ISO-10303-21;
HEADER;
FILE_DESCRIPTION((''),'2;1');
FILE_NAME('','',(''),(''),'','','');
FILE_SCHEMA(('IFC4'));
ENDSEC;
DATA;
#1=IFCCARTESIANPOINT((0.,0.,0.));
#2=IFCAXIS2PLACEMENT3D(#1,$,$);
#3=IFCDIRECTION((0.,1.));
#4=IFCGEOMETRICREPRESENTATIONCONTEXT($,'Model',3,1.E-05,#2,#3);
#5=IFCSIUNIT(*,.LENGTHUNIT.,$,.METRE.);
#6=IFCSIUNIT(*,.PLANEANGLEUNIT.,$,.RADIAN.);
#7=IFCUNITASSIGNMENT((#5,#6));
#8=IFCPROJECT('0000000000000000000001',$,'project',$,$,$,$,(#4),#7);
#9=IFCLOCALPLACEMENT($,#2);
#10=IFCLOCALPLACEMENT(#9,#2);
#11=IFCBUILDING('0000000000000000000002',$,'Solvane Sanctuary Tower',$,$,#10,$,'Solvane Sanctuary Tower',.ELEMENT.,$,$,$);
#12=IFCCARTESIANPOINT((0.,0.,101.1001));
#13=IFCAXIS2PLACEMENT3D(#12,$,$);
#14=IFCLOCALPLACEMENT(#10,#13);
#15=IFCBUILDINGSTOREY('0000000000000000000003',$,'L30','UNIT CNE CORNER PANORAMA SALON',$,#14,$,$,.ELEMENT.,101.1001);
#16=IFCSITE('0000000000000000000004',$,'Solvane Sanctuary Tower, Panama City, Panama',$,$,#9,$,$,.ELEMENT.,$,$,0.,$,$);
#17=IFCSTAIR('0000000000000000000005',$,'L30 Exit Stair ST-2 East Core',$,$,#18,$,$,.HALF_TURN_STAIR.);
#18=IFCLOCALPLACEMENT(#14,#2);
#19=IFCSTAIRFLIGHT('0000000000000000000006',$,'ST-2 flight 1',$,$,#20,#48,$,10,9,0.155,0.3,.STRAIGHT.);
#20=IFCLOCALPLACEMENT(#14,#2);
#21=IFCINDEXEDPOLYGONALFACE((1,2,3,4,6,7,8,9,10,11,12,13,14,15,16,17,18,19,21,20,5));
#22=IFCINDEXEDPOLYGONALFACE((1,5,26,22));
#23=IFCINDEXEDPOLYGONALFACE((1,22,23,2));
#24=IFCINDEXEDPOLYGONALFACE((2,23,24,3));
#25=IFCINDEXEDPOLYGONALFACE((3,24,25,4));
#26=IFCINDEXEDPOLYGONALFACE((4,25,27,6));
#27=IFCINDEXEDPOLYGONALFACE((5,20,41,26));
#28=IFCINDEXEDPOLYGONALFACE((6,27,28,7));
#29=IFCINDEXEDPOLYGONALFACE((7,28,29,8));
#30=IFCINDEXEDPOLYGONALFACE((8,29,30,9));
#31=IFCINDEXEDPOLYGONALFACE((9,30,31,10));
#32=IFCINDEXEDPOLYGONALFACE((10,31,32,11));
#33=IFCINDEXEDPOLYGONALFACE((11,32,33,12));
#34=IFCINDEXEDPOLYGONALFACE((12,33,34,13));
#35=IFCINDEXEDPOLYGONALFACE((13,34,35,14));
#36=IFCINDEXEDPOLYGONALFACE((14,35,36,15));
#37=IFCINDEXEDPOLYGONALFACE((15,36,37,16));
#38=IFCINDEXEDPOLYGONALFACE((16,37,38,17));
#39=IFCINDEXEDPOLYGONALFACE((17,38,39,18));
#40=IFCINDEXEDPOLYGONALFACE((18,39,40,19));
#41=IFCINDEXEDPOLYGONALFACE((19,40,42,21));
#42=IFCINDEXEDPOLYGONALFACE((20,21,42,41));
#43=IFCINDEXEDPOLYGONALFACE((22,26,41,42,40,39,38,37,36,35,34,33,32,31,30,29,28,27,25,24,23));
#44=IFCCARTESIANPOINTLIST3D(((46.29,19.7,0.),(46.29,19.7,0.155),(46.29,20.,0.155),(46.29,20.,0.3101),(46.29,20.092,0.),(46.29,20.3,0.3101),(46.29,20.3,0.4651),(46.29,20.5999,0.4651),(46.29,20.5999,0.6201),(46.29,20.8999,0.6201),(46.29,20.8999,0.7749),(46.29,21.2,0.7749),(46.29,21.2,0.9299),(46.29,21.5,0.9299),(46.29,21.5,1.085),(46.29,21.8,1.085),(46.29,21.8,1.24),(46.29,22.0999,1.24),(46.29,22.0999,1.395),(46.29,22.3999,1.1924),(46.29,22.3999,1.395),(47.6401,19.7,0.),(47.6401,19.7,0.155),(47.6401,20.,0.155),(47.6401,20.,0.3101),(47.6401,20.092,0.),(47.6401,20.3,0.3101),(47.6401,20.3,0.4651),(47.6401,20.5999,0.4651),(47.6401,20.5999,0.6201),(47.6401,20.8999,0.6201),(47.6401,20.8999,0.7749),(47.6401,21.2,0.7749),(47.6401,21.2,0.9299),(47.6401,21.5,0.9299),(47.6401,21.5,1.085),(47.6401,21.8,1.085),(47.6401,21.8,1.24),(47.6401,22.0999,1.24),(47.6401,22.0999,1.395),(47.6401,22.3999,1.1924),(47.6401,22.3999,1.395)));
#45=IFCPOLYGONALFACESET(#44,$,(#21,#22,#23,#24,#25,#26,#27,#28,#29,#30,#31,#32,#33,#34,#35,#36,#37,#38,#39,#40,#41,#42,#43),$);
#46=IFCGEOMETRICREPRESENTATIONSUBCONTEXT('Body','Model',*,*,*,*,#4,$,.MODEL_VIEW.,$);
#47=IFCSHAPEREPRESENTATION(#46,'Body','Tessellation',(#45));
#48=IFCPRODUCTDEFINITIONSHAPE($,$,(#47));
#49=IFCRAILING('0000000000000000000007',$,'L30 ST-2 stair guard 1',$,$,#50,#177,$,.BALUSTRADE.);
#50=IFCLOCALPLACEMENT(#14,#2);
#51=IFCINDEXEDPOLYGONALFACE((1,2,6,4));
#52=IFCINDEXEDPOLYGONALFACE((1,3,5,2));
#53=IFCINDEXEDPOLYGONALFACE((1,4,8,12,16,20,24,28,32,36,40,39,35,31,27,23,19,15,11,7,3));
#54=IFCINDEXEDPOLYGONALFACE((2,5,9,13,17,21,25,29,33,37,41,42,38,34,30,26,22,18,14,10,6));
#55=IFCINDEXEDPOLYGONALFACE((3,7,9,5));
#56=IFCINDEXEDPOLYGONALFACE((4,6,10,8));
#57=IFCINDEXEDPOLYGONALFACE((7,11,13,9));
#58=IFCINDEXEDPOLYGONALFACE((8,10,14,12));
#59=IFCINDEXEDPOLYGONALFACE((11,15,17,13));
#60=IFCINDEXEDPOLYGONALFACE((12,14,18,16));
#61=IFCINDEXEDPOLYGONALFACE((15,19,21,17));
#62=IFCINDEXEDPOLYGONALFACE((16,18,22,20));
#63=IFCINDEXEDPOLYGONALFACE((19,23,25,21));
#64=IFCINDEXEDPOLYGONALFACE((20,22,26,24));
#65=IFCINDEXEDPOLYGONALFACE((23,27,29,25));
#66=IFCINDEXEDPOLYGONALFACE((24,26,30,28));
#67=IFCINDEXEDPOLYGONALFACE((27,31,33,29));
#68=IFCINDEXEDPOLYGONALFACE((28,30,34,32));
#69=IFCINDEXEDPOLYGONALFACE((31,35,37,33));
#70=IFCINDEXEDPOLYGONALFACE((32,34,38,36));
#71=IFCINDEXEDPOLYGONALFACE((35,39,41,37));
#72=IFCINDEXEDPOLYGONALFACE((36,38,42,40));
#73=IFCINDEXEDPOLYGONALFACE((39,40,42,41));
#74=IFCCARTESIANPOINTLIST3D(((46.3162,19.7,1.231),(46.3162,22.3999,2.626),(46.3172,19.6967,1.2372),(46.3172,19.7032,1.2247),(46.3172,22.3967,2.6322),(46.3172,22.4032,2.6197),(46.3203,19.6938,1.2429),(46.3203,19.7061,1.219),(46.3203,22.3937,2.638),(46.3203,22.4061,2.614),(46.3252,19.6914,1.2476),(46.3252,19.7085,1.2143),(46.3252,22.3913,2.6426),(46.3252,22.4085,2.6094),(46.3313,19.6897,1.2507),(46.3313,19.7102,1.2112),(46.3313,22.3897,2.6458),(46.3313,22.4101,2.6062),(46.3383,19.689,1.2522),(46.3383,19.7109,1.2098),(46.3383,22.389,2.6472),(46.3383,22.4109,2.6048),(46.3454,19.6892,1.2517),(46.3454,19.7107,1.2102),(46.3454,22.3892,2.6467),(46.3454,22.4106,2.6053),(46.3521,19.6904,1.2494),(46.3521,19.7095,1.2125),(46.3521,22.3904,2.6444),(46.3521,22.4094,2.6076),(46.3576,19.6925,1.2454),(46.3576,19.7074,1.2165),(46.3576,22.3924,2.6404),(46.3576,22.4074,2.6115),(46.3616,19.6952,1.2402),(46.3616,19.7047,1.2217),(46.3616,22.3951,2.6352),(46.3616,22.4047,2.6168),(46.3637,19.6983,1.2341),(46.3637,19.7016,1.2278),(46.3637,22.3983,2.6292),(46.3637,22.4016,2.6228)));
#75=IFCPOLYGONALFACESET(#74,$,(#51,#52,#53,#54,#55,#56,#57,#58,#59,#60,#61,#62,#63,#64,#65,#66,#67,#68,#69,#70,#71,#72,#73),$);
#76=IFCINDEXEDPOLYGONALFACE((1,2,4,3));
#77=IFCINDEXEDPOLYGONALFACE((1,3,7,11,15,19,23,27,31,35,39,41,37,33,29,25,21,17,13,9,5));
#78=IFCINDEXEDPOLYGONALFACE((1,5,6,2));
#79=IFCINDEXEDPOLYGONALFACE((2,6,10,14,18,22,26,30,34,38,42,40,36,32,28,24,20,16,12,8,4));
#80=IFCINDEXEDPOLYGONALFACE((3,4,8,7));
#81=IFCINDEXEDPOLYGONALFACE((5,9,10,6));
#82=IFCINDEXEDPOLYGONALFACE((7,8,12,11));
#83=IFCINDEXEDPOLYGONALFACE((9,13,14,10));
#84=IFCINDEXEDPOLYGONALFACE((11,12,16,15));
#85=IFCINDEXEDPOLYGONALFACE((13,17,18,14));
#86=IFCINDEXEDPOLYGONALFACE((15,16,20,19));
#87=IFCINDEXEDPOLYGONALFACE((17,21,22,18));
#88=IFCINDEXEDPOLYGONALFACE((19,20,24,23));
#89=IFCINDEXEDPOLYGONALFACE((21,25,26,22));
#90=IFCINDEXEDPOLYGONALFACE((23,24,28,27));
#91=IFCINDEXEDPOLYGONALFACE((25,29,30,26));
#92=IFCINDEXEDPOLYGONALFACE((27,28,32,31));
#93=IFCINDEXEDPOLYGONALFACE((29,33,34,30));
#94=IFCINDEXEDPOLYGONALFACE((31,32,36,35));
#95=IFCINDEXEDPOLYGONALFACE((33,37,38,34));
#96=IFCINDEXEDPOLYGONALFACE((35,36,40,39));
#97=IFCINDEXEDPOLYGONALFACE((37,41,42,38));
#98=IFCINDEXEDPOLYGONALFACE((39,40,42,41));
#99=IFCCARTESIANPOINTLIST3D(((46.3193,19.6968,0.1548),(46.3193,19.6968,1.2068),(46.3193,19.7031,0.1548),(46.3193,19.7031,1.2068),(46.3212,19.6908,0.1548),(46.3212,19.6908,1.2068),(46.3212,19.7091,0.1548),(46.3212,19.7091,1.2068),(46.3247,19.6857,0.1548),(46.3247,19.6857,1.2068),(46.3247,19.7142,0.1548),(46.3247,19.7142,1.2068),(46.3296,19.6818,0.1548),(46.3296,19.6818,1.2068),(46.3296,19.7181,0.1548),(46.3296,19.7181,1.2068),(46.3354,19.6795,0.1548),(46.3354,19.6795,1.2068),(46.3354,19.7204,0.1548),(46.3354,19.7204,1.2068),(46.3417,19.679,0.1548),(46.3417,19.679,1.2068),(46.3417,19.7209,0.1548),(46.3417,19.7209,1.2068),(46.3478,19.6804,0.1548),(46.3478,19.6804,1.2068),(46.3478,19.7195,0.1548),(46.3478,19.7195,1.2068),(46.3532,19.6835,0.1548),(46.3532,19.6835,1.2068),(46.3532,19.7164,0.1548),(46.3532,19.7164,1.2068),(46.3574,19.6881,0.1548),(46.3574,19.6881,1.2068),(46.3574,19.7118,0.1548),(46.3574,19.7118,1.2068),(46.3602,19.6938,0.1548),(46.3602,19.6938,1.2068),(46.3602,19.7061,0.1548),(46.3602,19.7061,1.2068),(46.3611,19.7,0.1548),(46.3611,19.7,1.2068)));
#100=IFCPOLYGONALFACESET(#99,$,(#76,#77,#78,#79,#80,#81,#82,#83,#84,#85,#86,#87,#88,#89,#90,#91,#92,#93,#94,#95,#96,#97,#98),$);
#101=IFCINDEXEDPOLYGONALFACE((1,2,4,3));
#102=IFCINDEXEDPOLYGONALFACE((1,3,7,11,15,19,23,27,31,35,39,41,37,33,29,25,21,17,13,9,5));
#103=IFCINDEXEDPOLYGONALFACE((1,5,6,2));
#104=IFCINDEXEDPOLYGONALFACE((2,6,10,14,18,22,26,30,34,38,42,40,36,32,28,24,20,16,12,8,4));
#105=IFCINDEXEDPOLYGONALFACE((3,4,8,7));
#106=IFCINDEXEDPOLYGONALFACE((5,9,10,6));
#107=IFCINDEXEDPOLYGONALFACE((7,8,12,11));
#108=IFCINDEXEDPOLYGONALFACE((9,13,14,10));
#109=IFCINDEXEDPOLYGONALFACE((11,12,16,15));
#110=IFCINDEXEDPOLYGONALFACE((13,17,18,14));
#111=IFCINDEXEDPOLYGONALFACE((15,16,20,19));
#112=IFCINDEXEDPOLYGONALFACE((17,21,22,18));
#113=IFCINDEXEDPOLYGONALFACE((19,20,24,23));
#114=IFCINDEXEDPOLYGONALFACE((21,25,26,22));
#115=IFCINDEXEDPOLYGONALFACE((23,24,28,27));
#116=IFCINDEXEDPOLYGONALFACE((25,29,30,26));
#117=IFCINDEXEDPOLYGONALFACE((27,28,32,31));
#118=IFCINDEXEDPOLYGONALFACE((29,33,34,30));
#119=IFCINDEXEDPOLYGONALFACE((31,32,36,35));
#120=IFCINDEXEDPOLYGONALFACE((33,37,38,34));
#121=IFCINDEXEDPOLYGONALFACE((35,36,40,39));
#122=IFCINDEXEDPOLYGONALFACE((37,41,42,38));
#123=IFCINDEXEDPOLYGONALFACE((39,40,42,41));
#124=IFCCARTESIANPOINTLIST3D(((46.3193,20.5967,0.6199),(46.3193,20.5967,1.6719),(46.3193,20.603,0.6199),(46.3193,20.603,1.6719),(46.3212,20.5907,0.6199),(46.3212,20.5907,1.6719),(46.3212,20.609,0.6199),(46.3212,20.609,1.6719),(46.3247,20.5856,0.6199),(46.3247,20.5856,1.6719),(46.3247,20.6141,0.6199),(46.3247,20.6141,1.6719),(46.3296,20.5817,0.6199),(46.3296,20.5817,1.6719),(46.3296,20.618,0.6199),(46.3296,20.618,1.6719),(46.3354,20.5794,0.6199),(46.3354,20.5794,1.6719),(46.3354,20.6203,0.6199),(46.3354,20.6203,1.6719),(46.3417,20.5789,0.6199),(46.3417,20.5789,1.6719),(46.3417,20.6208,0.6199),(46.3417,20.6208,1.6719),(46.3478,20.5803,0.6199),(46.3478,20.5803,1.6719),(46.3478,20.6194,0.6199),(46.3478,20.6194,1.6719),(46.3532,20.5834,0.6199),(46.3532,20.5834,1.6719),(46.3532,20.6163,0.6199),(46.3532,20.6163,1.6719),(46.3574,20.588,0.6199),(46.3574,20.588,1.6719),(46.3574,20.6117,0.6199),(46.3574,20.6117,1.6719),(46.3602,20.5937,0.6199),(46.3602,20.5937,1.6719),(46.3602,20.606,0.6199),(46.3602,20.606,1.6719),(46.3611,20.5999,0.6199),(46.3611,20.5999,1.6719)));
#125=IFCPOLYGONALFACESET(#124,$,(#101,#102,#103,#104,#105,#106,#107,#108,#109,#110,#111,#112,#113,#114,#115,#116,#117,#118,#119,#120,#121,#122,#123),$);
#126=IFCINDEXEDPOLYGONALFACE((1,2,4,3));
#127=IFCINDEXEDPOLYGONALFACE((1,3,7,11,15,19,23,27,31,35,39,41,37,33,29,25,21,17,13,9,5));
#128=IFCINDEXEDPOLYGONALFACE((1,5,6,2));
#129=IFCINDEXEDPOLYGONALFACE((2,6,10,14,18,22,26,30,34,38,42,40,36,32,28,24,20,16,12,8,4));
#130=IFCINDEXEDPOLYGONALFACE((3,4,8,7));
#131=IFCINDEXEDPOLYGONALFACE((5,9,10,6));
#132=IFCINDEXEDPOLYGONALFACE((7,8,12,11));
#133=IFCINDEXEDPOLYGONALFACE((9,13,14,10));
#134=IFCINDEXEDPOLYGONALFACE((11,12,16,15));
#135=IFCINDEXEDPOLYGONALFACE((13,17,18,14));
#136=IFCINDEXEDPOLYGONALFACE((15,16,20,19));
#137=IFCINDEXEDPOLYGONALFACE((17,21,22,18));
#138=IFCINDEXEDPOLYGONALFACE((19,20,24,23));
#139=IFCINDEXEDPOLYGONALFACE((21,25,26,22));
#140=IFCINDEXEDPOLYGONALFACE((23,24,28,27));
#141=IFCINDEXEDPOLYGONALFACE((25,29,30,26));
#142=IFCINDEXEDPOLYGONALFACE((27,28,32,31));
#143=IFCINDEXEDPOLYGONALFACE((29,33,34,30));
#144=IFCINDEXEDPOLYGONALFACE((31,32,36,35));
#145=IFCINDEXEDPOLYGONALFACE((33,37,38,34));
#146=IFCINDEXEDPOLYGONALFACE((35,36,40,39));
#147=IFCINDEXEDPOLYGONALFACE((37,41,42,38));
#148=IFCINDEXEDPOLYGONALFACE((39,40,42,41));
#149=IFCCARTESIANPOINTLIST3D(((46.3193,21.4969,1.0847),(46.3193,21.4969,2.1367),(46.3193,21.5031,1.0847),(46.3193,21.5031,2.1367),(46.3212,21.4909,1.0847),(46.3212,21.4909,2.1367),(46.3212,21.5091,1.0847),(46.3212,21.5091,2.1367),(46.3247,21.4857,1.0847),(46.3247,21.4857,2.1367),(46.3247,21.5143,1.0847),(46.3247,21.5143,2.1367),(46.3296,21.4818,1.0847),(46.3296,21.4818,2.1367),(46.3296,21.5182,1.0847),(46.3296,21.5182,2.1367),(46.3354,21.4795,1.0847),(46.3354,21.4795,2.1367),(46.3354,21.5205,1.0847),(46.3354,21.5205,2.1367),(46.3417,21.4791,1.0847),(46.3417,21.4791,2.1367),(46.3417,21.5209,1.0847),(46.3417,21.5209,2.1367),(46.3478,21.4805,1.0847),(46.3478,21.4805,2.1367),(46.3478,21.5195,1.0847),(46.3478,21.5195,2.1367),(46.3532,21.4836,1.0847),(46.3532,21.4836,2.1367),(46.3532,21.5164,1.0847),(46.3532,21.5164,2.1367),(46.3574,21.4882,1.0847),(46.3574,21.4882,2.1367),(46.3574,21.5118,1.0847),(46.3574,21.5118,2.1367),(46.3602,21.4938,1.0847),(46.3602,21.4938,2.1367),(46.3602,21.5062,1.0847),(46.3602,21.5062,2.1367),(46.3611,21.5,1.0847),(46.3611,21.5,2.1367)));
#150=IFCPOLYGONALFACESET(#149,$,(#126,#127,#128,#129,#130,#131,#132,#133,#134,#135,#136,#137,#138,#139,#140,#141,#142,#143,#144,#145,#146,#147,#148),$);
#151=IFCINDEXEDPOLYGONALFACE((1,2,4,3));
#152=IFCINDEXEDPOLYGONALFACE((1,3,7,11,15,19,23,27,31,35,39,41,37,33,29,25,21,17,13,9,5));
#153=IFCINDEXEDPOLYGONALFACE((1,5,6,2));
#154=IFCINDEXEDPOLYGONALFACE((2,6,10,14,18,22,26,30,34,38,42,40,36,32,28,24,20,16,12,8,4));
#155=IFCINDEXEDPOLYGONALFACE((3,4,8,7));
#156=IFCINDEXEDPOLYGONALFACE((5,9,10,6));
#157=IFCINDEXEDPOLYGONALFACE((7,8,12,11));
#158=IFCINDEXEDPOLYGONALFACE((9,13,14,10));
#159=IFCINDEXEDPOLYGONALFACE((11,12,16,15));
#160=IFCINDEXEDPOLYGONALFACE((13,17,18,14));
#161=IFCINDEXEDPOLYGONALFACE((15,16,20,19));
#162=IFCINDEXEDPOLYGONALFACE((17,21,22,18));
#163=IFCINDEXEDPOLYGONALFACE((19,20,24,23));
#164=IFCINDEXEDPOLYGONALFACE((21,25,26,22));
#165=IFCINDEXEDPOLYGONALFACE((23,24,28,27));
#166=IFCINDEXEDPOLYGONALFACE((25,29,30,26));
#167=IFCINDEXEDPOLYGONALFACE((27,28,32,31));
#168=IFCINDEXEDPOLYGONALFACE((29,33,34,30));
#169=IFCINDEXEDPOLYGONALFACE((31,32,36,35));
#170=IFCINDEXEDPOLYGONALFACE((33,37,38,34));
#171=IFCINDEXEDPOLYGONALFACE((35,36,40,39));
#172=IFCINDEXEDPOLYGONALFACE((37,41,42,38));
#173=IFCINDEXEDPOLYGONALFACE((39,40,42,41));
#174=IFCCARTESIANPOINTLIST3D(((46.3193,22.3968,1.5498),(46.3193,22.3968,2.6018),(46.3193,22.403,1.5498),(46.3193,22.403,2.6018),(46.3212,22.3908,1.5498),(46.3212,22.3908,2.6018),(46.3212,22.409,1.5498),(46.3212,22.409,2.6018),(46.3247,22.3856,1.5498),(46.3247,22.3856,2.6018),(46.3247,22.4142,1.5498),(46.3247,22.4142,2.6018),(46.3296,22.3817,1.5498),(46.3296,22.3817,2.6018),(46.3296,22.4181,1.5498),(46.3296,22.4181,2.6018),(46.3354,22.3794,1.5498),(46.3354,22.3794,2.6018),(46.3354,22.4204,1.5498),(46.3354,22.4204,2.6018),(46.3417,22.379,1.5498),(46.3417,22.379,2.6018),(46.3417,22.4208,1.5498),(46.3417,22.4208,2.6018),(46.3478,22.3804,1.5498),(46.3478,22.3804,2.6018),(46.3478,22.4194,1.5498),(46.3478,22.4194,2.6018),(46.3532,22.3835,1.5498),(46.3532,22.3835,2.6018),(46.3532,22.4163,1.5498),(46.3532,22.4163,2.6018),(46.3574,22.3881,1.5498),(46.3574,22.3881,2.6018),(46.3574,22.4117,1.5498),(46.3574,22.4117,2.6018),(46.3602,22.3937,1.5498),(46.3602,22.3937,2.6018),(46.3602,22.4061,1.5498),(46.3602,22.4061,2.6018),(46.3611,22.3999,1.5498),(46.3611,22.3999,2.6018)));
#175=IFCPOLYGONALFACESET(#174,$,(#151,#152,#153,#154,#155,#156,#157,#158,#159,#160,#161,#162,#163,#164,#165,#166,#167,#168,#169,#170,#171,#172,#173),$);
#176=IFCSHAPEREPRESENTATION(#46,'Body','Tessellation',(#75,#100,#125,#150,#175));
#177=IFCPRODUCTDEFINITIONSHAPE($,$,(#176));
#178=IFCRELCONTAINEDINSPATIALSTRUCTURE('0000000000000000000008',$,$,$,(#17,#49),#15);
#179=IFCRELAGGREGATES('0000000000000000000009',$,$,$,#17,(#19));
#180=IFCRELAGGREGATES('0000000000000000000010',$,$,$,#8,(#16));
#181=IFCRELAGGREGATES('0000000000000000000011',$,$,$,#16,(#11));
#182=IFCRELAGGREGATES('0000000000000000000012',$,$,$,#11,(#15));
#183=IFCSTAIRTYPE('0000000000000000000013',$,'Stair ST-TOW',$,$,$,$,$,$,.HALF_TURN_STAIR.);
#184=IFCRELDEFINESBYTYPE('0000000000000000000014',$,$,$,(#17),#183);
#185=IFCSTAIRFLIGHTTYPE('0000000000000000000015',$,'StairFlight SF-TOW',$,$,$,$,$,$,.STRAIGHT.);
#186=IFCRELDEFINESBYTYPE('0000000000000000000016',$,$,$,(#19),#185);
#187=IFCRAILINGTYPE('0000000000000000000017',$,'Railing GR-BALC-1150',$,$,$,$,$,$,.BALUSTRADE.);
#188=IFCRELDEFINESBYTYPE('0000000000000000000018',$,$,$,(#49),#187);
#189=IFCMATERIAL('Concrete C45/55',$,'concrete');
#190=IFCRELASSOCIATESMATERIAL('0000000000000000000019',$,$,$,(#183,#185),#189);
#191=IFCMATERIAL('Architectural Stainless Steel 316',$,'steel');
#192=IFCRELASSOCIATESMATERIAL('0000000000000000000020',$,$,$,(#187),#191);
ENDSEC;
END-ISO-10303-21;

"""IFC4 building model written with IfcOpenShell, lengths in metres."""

from ifc_helpers import new_model, si_unit, direction, frame, origin, origin_2d, place, context, subcontext, project, spatial, polyline, circle, outline, extrude, material, type_object, element, aggregate, save


model = new_model("IFC4")

# Units and contexts
model_context = context("Model", 3, precision=1e-05, world=origin(), true_north=direction((0.0, 1.0)))
body_context = subcontext(model_context, "Body", "Model", "MODEL_VIEW")
ifc_project = project(units=[si_unit("LENGTHUNIT", "METRE"), si_unit("PLANEANGLEUNIT", "RADIAN")], contexts=[model_context])

# Site, building, storey
site_placement = place(None, origin())
site = spatial("IfcSite", under=ifc_project, at=site_placement, Name="Solvane Sanctuary Tower, Panama City, Panama", CompositionType="ELEMENT", RefElevation=0.0)
building_placement = place(site_placement, origin())
building = spatial("IfcBuilding", under=site, at=building_placement, Name="Solvane Sanctuary Tower", LongName="Solvane Sanctuary Tower", CompositionType="ELEMENT")
storey_placement = place(building_placement, frame((0.0, 0.0, 101.1001)))
storey = spatial("IfcBuildingStorey", under=building, at=storey_placement, Name="L30", Description="UNIT CNE CORNER PANORAMA SALON", CompositionType="ELEMENT", Elevation=101.1001)

# Shared definitions
ifc_material_1 = material(Name="Architectural Stainless Steel 316", Category="steel")

# Stair, stair flight
ifc_material_2 = material(Name="Concrete C45/55", Category="concrete")
stair_type = type_object("IfcStairType", Name="Stair ST-TOW", PredefinedType="HALF_TURN_STAIR", material=ifc_material_2)
stair_placement = place(storey_placement, origin())
stair = element("IfcStair", 1, at=stair_placement, inside=storey, type_object=stair_type, Name="L30 Exit Stair ST-2 East Core", PredefinedType="HALF_TURN_STAIR")
stair_flight_type = type_object("IfcStairFlightType", Name="StairFlight SF-TOW", PredefinedType="STRAIGHT", material=ifc_material_2)
stair_flight_placement = place(storey_placement, frame((46.9651, 19.7, 0.0), z_axis=(0.0, 0.0, 1.0), x_axis=(0.0, 1.0, 0.0)))
stair_flight = element("IfcStairFlight", 2, at=stair_flight_placement, type_object=stair_flight_type, Name="ST-2 flight 1", NumberOfRisers=10, NumberOfTreads=9, PredefinedType="STRAIGHT", RiserHeight=0.155, TreadLength=0.3, context=body_context, shape_type="SweptSolid", body=[
    extrude(outline(polyline([(0.0, 0.0), (0.0, 0.155), (0.3, 0.155), (0.3, 0.3101), (0.6001, 0.3101), (0.6001, 0.4651), (0.8999, 0.4651), (0.8999, 0.6201), (1.2, 0.6201), (1.2, 0.7749), (1.5, 0.7749), (1.5, 0.9299), (1.8, 0.9299), (1.8, 1.085), (2.1001, 1.085), (2.1001, 1.24), (2.3999, 1.24), (2.3999, 1.395), (2.7, 1.395), (2.7, 1.55), (2.7, 1.1924), (0.3921, 0.0), (0.0, 0.0)])), frame((0.0, 0.675, 0.0), z_axis=(0.0, -1.0, 0.0), x_axis=(1.0, 0.0, 0.0)), (0.0, 0.0, 1.0), 1.3501),
])
aggregate(stair, [stair_flight])

# Railing
railing_type_1 = type_object("IfcRailingType", Name="Railing GR-BALC-1150", PredefinedType="BALUSTRADE", material=ifc_material_1)
railing_1_placement = place(storey_placement, frame((46.3401, 19.7, 0.1548)))
element("IfcRailing", 3, at=railing_1_placement, inside=storey, type_object=railing_type_1, Name="L30 ST-2 stair guard 1", PredefinedType="BALUSTRADE", context=body_context, shape_type="SweptSolid", body=[
    extrude(circle(Radius=0.0239, at=origin_2d()), frame((0.0, 0.0, 1.0762), z_axis=(0.0, 0.88842, 0.459032), x_axis=(-1.0, 0.0, 0.0)), (0.0, 0.0, 1.0), 3.0391),
    extrude(circle(Radius=0.021, at=origin_2d()), origin(), (0.0, 0.0, 1.0), 1.052),
    extrude(circle(Radius=0.021, at=origin_2d()), frame((0.0, 0.8999, 0.4651)), (0.0, 0.0, 1.0), 1.052),
    extrude(circle(Radius=0.021, at=origin_2d()), frame((0.0, 1.8, 0.9299)), (0.0, 0.0, 1.0), 1.052),
    extrude(circle(Radius=0.021, at=origin_2d()), frame((0.0, 2.7, 1.395)), (0.0, 0.0, 1.0), 1.052),
])

save(model, "model.ifc")
